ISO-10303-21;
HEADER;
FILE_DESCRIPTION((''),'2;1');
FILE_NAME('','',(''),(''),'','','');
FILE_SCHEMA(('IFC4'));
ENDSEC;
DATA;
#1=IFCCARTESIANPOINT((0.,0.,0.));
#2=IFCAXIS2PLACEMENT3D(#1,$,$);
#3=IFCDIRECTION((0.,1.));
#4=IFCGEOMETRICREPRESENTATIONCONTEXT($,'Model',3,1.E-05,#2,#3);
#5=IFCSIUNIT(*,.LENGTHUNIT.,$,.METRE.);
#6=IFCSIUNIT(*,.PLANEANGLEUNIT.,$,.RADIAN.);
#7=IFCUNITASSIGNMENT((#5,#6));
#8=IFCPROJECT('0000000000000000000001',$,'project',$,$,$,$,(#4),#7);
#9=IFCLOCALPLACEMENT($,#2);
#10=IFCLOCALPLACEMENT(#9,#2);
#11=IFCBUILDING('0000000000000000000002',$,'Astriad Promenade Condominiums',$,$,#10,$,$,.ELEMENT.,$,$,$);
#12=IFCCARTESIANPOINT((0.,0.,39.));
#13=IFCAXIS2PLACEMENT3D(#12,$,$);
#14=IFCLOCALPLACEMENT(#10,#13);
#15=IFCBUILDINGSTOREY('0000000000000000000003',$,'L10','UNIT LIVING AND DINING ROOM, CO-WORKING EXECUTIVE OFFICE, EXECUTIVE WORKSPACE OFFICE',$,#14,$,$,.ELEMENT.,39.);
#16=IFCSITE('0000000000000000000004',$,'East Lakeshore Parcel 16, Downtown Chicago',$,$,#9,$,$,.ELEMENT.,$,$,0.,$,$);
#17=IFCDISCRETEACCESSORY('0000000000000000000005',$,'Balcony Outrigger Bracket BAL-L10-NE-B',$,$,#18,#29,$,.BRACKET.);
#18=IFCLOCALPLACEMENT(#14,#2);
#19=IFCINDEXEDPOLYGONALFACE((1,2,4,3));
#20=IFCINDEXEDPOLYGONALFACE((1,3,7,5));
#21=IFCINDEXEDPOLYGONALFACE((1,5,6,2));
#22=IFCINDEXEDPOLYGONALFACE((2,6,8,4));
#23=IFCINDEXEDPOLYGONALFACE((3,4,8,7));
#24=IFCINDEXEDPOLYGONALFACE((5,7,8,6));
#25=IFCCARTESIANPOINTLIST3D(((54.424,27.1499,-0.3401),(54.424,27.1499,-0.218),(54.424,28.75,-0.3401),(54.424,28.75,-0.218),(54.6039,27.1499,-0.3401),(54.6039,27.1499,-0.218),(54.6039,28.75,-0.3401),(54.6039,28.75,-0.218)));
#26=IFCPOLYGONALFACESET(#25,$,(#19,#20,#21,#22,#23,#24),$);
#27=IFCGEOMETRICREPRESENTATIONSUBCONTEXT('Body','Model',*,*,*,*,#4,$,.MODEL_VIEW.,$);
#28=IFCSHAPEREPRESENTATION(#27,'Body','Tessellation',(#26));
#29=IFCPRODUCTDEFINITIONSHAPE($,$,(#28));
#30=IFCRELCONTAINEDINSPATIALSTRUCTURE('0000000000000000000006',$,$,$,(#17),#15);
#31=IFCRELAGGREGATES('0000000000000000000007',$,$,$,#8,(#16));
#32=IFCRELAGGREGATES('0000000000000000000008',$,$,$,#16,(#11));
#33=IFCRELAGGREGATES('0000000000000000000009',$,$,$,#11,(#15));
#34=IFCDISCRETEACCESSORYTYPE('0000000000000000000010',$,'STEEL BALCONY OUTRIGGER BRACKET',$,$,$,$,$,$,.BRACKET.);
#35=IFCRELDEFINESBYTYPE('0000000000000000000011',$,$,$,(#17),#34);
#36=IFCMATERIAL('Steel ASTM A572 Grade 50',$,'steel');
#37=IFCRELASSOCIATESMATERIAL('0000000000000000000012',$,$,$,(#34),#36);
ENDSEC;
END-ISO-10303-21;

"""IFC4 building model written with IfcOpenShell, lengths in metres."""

from ifc_helpers import new_model, si_unit, direction, frame, origin, origin_2d, place, context, subcontext, project, spatial, rectangle, extrude, source, transform, mapped, material, type_object, type_shapes, element, save


model = new_model("IFC4")

# Units and contexts
model_context = context("Model", 3, precision=1e-05, world=origin(), true_north=direction((0.0, 1.0)))
body_context = subcontext(model_context, "Body", "Model", "MODEL_VIEW")
ifc_project = project(units=[si_unit("LENGTHUNIT", "METRE"), si_unit("PLANEANGLEUNIT", "RADIAN")], contexts=[model_context])

# Site, building, storey
site_placement = place(None, origin())
site = spatial("IfcSite", under=ifc_project, at=site_placement, Name="East Lakeshore Parcel 16, Downtown Chicago", CompositionType="ELEMENT", RefElevation=0.0)
building_placement = place(site_placement, origin())
building = spatial("IfcBuilding", under=site, at=building_placement, Name="Astriad Promenade Condominiums", CompositionType="ELEMENT")
storey_placement = place(building_placement, frame((0.0, 0.0, 39.0)))
storey = spatial("IfcBuildingStorey", under=building, at=storey_placement, Name="L10", Description="UNIT LIVING AND DINING ROOM, CO-WORKING EXECUTIVE OFFICE, EXECUTIVE WORKSPACE OFFICE", CompositionType="ELEMENT", Elevation=39.0)

# Discrete accessory
ifc_material_1 = material(Name="Steel ASTM A572 Grade 50", Category="steel")
discrete_accessory_type = type_object("IfcDiscreteAccessoryType", Name="STEEL BALCONY OUTRIGGER BRACKET", PredefinedType="BRACKET", material=ifc_material_1)
shared_shape_1 = source(origin(), body_context, "Body", "SweptSolid", [
    extrude(rectangle(XDim=1.6001, YDim=0.1799, at=origin_2d()), origin(), (0.0, 0.0, 1.0), 0.1221),
])
type_shapes(discrete_accessory_type, [shared_shape_1])
for number, where, z_axis, x_axis, name in (
    (1, (54.5139, 27.95, -0.3401), (0.0, 0.0, 1.0), (0.0, 1.0, 0.0), "Balcony Outrigger Bracket BAL-L10-NE-B"),
):
    element("IfcDiscreteAccessory", number, at=place(storey_placement, frame(where, z_axis=z_axis, x_axis=x_axis)), inside=storey, type_object=discrete_accessory_type, Name=name, PredefinedType="BRACKET", context=body_context, shape_type="MappedRepresentation", body=[
        mapped(shared_shape_1, transform((0.0, 0.0, 0.0), scale=1.0)),
    ])

save(model, "model.ifc")
